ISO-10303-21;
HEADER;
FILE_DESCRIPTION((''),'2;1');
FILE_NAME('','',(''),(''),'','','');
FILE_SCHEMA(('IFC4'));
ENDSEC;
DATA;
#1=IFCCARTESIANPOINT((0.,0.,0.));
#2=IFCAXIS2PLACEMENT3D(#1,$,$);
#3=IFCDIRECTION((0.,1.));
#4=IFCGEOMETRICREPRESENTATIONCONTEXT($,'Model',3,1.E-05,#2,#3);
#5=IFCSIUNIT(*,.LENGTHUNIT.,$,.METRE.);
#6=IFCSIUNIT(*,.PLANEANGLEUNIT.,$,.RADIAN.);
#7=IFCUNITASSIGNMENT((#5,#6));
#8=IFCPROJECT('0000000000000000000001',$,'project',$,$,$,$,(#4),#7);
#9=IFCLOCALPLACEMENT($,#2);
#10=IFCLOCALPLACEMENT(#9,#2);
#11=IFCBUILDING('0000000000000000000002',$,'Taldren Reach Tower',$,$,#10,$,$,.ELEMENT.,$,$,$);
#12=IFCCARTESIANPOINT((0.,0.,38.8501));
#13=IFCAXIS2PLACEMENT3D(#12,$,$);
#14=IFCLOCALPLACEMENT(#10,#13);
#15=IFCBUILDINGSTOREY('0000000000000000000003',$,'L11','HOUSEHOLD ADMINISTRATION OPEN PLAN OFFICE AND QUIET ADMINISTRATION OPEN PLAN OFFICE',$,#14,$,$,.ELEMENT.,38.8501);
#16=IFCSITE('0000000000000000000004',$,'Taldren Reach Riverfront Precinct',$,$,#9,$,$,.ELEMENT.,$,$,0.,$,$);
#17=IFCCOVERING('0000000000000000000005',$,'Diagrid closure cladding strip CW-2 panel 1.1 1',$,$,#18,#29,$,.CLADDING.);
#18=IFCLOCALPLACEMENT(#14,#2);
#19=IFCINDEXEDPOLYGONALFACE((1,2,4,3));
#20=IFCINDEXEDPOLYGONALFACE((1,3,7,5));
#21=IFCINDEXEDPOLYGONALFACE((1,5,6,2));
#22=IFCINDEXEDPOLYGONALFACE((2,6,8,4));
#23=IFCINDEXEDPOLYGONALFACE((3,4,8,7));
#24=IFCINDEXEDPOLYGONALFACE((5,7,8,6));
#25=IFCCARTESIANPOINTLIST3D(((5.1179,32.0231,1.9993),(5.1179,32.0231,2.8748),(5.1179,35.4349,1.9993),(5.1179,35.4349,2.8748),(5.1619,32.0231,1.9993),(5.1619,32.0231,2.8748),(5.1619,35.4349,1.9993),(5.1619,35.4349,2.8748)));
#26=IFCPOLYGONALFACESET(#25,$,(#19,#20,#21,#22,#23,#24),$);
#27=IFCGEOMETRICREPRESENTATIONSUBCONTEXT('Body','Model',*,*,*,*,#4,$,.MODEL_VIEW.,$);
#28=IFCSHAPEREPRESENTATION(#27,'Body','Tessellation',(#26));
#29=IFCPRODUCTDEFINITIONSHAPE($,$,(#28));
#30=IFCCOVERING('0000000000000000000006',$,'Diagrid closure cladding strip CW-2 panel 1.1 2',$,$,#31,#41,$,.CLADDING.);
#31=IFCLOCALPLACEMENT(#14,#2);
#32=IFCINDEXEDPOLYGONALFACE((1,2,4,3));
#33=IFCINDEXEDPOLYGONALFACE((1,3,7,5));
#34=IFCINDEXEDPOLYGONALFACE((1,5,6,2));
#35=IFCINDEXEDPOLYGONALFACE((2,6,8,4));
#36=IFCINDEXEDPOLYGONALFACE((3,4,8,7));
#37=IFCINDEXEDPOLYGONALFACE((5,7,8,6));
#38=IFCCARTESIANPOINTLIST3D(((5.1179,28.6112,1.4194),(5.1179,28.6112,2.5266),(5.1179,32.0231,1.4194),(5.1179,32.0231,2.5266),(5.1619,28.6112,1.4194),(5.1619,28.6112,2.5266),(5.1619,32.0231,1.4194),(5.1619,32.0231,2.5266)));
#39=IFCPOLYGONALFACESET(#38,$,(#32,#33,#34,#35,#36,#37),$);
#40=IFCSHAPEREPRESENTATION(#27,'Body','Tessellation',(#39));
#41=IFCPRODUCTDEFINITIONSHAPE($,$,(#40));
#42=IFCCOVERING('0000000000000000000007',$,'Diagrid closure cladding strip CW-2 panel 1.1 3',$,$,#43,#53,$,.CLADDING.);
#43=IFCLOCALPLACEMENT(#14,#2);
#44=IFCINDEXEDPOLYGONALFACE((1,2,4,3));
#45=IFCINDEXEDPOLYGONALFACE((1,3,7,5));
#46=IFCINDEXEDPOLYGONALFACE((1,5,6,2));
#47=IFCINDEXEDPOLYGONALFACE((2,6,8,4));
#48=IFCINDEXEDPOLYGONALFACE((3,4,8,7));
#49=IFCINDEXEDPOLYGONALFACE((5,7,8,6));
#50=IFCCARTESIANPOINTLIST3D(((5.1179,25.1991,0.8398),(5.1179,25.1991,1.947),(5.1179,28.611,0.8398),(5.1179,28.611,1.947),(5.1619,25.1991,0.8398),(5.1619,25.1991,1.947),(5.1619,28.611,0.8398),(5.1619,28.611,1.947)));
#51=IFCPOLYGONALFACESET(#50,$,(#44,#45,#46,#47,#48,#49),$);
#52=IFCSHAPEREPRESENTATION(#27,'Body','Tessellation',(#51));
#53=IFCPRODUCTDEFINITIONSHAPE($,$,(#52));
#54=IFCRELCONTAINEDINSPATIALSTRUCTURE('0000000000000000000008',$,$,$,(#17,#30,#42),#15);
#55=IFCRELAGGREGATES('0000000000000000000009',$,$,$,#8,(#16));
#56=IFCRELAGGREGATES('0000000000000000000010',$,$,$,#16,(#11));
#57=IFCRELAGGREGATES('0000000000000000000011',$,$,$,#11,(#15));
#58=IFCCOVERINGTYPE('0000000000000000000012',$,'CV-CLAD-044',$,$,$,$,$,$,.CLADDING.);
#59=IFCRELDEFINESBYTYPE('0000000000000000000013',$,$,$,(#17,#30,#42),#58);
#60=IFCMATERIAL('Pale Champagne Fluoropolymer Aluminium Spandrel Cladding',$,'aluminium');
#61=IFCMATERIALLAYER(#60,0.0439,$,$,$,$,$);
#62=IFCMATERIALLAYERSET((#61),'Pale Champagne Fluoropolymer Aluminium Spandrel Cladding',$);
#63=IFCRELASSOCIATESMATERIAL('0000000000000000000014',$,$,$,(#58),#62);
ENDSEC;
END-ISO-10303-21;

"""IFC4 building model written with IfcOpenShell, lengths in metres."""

from ifc_helpers import new_model, si_unit, direction, frame, origin, origin_2d, place, context, subcontext, project, spatial, rectangle, extrude, source, transform, mapped, material, layer, layer_set, type_object, element, save


model = new_model("IFC4")

# Units and contexts
model_context = context("Model", 3, precision=1e-05, world=origin(), true_north=direction((0.0, 1.0)))
body_context = subcontext(model_context, "Body", "Model", "MODEL_VIEW")
ifc_project = project(units=[si_unit("LENGTHUNIT", "METRE"), si_unit("PLANEANGLEUNIT", "RADIAN")], contexts=[model_context])

# Site, building, storey
site_placement = place(None, origin())
site = spatial("IfcSite", under=ifc_project, at=site_placement, Name="Taldren Reach Riverfront Precinct", CompositionType="ELEMENT", RefElevation=0.0)
building_placement = place(site_placement, origin())
building = spatial("IfcBuilding", under=site, at=building_placement, Name="Taldren Reach Tower", CompositionType="ELEMENT")
storey_placement = place(building_placement, frame((0.0, 0.0, 38.8501)))
storey = spatial("IfcBuildingStorey", under=building, at=storey_placement, Name="L11", Description="HOUSEHOLD ADMINISTRATION OPEN PLAN OFFICE AND QUIET ADMINISTRATION OPEN PLAN OFFICE", CompositionType="ELEMENT", Elevation=38.8501)

# Coverings
ifc_material_1 = material(Name="Pale Champagne Fluoropolymer Aluminium Spandrel Cladding", Category="aluminium")
ifc_layer_1 = layer(ifc_material_1, 0.0439)
ifc_layer_set_1 = layer_set([ifc_layer_1], Name="Pale Champagne Fluoropolymer Aluminium Spandrel Cladding")
covering_type = type_object("IfcCoveringType", Name="CV-CLAD-044", PredefinedType="CLADDING", material=ifc_layer_set_1)
shared_shape_1 = source(origin(), body_context, "Body", "SweptSolid", [
    extrude(rectangle(XDim=3.4119, YDim=0.0439, at=origin_2d()), origin(), (0.0, 0.0, 1.0), 0.8755),
])
covering_placement = place(storey_placement, frame((5.1399, 33.729, 1.9993), z_axis=(0.0, 0.0, 1.0), x_axis=(0.0, -1.0, 0.0)))
element("IfcCovering", 1, at=covering_placement, inside=storey, type_object=covering_type, Name="Diagrid closure cladding strip CW-2 panel 1.1 1", PredefinedType="CLADDING", context=body_context, shape_type="MappedRepresentation", body=[
    mapped(shared_shape_1, transform((0.0, 0.0, 0.0), scale=1.0)),
])
shared_shape_2 = source(origin(), body_context, "Body", "SweptSolid", [
    extrude(rectangle(XDim=3.4119, YDim=0.0439, at=origin_2d()), origin(), (0.0, 0.0, 1.0), 1.1072),
])
for number, where, z_axis, x_axis, name in (
    (2, (5.1399, 30.3171, 1.4194), (0.0, 0.0, 1.0), (0.0, -1.0, 0.0), "Diagrid closure cladding strip CW-2 panel 1.1 2"),
    (3, (5.1399, 26.905, 0.8398), (0.0, 0.0, 1.0), (0.0, -1.0, 0.0), "Diagrid closure cladding strip CW-2 panel 1.1 3"),
):
    element("IfcCovering", number, at=place(storey_placement, frame(where, z_axis=z_axis, x_axis=x_axis)), inside=storey, type_object=covering_type, Name=name, PredefinedType="CLADDING", context=body_context, shape_type="MappedRepresentation", body=[
        mapped(shared_shape_2, transform((0.0, 0.0, 0.0), scale=1.0)),
    ])

save(model, "model.ifc")
